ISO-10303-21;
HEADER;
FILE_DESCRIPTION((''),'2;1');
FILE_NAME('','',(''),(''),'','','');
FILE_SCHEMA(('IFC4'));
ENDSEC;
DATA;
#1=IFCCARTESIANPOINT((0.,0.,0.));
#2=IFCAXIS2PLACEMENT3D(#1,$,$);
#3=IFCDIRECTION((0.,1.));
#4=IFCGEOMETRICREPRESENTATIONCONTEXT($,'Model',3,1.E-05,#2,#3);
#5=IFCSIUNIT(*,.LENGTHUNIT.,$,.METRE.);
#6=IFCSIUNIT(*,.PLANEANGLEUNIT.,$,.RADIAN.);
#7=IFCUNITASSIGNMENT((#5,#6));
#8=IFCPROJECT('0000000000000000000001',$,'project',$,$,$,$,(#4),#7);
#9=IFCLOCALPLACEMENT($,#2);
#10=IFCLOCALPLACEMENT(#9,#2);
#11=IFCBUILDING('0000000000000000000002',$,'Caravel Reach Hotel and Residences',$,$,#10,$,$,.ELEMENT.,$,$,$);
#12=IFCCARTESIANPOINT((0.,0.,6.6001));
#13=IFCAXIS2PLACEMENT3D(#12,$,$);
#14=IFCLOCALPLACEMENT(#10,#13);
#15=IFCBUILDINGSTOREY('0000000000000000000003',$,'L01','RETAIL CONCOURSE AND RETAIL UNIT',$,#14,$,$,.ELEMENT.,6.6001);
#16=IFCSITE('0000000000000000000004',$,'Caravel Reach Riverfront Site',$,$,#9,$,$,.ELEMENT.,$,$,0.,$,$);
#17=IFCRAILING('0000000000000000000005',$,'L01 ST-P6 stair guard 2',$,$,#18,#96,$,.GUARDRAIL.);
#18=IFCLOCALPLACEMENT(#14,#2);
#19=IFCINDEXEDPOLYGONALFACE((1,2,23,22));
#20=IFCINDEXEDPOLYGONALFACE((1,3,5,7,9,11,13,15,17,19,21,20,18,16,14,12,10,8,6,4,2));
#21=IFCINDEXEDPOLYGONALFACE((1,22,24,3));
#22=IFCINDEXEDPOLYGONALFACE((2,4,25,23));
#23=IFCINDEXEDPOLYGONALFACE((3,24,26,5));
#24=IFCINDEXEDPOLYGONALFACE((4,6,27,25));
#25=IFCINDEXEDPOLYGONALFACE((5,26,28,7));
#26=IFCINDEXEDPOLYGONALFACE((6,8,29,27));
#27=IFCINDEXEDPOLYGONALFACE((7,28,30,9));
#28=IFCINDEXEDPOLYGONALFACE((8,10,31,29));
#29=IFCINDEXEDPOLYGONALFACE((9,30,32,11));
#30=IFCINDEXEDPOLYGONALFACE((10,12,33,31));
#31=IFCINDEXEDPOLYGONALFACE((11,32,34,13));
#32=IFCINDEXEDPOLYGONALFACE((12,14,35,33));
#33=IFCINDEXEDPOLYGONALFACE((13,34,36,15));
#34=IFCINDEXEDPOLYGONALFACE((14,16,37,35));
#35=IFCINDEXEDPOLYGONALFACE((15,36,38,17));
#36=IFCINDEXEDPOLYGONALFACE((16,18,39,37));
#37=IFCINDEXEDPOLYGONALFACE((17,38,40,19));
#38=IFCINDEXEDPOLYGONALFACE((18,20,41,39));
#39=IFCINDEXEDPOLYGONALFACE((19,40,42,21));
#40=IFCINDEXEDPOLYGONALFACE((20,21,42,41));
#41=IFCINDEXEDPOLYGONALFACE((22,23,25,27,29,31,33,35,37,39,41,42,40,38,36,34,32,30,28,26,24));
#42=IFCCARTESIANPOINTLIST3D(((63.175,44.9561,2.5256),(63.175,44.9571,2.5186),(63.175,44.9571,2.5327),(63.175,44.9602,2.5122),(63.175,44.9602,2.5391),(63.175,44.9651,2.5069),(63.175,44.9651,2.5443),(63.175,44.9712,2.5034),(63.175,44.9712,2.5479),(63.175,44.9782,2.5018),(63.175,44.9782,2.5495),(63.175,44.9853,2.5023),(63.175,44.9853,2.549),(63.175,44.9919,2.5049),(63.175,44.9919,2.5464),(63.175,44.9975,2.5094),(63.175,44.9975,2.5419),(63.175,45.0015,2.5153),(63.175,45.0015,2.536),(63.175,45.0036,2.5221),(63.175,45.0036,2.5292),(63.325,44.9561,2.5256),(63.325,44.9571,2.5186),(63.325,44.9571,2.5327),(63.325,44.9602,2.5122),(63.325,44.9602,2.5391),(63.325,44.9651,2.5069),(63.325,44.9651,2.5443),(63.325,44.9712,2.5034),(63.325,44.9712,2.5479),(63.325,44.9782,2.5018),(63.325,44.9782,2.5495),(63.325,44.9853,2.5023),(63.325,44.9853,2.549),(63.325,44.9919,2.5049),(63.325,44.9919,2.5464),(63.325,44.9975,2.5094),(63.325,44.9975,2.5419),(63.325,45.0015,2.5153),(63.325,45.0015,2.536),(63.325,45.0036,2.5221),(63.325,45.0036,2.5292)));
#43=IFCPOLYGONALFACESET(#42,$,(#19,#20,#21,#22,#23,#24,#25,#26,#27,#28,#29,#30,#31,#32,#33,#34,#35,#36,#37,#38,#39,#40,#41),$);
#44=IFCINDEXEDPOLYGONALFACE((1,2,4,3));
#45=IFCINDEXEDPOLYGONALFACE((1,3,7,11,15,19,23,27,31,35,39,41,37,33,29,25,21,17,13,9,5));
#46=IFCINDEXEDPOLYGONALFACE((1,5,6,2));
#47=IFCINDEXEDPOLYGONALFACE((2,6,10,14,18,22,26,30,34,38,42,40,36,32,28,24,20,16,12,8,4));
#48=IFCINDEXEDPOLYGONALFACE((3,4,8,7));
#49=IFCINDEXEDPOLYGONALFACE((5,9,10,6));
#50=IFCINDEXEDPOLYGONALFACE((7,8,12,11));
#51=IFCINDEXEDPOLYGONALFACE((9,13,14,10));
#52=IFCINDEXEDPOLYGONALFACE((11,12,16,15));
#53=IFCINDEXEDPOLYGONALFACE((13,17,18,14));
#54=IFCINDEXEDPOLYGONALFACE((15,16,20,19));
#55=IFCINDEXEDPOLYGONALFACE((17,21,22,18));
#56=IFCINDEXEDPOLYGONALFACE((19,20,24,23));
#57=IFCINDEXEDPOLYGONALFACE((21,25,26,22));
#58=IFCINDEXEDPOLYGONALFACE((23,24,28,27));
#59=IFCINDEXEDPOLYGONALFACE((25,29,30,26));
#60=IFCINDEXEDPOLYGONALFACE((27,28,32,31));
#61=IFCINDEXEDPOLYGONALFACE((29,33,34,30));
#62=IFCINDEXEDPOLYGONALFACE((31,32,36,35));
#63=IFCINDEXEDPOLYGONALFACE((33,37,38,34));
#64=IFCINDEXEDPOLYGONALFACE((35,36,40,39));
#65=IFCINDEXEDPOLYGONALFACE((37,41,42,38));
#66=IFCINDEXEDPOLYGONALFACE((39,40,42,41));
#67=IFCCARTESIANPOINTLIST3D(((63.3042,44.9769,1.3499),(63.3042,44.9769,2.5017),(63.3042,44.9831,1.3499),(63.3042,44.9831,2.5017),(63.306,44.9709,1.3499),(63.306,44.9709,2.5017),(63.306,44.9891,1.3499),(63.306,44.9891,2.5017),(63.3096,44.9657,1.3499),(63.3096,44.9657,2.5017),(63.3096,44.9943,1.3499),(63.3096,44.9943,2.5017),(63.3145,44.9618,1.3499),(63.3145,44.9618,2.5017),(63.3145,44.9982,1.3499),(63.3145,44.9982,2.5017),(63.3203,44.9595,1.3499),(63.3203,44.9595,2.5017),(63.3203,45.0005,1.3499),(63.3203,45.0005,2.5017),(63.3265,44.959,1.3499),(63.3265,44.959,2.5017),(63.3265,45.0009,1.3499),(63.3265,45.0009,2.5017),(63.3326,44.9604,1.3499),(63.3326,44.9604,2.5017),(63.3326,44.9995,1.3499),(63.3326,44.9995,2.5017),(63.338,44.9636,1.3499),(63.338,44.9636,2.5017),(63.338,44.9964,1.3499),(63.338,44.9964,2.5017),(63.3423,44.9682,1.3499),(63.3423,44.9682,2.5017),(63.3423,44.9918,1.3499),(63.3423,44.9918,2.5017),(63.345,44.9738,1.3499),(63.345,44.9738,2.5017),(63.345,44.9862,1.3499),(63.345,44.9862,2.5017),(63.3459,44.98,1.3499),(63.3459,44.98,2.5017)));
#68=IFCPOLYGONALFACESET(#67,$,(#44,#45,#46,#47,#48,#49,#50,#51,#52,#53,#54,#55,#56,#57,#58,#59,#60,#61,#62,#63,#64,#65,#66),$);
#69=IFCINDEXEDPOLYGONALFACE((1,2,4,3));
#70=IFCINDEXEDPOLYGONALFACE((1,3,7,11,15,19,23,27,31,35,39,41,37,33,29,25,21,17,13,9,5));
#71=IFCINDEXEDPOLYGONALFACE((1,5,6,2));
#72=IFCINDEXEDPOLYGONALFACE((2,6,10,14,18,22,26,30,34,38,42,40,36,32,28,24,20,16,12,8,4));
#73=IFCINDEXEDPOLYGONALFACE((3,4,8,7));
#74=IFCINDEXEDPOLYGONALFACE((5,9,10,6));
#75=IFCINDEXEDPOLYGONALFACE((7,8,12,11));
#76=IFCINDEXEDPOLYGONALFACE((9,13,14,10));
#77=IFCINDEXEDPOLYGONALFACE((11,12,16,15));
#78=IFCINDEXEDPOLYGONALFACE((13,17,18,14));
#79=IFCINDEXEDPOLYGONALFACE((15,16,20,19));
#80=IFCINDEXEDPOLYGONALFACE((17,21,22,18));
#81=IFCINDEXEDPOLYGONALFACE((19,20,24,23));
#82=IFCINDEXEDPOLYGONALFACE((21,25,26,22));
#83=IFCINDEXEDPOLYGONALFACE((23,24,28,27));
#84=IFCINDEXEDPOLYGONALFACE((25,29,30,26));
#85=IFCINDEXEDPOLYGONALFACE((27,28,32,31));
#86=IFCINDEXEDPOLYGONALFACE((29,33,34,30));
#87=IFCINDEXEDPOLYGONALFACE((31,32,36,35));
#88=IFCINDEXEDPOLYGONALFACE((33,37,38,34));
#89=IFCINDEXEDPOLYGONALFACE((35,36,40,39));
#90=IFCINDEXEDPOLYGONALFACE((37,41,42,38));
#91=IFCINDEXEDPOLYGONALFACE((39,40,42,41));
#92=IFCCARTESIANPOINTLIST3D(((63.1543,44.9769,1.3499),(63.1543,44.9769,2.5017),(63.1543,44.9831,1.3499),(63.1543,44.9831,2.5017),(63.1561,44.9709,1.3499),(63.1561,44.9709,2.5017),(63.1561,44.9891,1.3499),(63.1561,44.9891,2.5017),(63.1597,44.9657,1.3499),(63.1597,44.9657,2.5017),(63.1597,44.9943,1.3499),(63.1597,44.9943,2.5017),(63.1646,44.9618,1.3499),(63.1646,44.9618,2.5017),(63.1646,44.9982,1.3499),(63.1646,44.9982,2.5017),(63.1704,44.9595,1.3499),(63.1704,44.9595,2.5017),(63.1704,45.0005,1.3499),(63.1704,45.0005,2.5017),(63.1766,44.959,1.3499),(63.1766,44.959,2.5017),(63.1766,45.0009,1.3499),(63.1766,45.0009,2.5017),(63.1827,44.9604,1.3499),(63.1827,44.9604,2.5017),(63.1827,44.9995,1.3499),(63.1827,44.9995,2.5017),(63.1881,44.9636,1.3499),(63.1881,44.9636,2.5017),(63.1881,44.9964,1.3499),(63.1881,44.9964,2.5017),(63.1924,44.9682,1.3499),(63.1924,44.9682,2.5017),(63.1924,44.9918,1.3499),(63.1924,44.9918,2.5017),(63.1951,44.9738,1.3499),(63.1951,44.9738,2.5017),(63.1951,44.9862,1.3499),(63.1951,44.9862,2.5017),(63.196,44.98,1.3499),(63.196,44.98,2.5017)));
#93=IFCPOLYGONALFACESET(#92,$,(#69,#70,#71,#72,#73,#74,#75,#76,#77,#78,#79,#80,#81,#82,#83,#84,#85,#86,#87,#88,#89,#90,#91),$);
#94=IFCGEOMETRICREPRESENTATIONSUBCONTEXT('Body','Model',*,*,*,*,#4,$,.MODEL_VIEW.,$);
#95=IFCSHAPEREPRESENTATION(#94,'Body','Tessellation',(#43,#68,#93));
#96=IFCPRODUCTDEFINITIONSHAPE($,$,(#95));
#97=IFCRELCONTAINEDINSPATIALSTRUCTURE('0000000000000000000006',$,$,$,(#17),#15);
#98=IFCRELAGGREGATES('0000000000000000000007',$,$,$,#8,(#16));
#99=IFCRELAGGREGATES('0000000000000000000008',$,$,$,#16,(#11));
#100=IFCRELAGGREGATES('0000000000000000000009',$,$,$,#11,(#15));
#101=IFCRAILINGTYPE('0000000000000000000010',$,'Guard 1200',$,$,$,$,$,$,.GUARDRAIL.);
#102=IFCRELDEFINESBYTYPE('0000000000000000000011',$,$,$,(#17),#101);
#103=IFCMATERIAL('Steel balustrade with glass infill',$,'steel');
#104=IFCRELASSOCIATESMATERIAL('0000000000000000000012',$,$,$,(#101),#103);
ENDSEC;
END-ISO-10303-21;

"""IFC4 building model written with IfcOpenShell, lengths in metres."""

from ifc_helpers import new_model, si_unit, direction, frame, origin, origin_2d, place, context, subcontext, project, spatial, circle, extrude, material, type_object, element, save


model = new_model("IFC4")

# Units and contexts
model_context = context("Model", 3, precision=1e-05, world=origin(), true_north=direction((0.0, 1.0)))
body_context = subcontext(model_context, "Body", "Model", "MODEL_VIEW")
ifc_project = project(units=[si_unit("LENGTHUNIT", "METRE"), si_unit("PLANEANGLEUNIT", "RADIAN")], contexts=[model_context])

# Site, building, storey
site_placement = place(None, origin())
site = spatial("IfcSite", under=ifc_project, at=site_placement, Name="Caravel Reach Riverfront Site", CompositionType="ELEMENT", RefElevation=0.0)
building_placement = place(site_placement, origin())
building = spatial("IfcBuilding", under=site, at=building_placement, Name="Caravel Reach Hotel and Residences", CompositionType="ELEMENT")
storey_placement = place(building_placement, frame((0.0, 0.0, 6.6001)))
storey = spatial("IfcBuildingStorey", under=building, at=storey_placement, Name="L01", Description="RETAIL CONCOURSE AND RETAIL UNIT", CompositionType="ELEMENT", Elevation=6.6001)

# Railing
ifc_material_1 = material(Name="Steel balustrade with glass infill", Category="steel")
railing_type = type_object("IfcRailingType", Name="Guard 1200", PredefinedType="GUARDRAIL", material=ifc_material_1)
railing_1_placement = place(storey_placement, frame((63.325, 44.98, 1.3499)))
element("IfcRailing", 1, at=railing_1_placement, inside=storey, type_object=railing_type, Name="L01 ST-P6 stair guard 2", PredefinedType="GUARDRAIL", context=body_context, shape_type="SweptSolid", body=[
    extrude(circle(Radius=0.0239, at=origin_2d()), frame((0.0, 0.0, 1.1758), z_axis=(-1.0, 0.0, 0.0), x_axis=(0.0, -1.0, 0.0)), (0.0, 0.0, 1.0), 0.1499),
    extrude(circle(Radius=0.021, at=origin_2d()), origin(), (0.0, 0.0, 1.0), 1.1519),
    extrude(circle(Radius=0.021, at=origin_2d()), frame((-0.1499, 0.0, 0.0)), (0.0, 0.0, 1.0), 1.1519),
])

save(model, "model.ifc")
